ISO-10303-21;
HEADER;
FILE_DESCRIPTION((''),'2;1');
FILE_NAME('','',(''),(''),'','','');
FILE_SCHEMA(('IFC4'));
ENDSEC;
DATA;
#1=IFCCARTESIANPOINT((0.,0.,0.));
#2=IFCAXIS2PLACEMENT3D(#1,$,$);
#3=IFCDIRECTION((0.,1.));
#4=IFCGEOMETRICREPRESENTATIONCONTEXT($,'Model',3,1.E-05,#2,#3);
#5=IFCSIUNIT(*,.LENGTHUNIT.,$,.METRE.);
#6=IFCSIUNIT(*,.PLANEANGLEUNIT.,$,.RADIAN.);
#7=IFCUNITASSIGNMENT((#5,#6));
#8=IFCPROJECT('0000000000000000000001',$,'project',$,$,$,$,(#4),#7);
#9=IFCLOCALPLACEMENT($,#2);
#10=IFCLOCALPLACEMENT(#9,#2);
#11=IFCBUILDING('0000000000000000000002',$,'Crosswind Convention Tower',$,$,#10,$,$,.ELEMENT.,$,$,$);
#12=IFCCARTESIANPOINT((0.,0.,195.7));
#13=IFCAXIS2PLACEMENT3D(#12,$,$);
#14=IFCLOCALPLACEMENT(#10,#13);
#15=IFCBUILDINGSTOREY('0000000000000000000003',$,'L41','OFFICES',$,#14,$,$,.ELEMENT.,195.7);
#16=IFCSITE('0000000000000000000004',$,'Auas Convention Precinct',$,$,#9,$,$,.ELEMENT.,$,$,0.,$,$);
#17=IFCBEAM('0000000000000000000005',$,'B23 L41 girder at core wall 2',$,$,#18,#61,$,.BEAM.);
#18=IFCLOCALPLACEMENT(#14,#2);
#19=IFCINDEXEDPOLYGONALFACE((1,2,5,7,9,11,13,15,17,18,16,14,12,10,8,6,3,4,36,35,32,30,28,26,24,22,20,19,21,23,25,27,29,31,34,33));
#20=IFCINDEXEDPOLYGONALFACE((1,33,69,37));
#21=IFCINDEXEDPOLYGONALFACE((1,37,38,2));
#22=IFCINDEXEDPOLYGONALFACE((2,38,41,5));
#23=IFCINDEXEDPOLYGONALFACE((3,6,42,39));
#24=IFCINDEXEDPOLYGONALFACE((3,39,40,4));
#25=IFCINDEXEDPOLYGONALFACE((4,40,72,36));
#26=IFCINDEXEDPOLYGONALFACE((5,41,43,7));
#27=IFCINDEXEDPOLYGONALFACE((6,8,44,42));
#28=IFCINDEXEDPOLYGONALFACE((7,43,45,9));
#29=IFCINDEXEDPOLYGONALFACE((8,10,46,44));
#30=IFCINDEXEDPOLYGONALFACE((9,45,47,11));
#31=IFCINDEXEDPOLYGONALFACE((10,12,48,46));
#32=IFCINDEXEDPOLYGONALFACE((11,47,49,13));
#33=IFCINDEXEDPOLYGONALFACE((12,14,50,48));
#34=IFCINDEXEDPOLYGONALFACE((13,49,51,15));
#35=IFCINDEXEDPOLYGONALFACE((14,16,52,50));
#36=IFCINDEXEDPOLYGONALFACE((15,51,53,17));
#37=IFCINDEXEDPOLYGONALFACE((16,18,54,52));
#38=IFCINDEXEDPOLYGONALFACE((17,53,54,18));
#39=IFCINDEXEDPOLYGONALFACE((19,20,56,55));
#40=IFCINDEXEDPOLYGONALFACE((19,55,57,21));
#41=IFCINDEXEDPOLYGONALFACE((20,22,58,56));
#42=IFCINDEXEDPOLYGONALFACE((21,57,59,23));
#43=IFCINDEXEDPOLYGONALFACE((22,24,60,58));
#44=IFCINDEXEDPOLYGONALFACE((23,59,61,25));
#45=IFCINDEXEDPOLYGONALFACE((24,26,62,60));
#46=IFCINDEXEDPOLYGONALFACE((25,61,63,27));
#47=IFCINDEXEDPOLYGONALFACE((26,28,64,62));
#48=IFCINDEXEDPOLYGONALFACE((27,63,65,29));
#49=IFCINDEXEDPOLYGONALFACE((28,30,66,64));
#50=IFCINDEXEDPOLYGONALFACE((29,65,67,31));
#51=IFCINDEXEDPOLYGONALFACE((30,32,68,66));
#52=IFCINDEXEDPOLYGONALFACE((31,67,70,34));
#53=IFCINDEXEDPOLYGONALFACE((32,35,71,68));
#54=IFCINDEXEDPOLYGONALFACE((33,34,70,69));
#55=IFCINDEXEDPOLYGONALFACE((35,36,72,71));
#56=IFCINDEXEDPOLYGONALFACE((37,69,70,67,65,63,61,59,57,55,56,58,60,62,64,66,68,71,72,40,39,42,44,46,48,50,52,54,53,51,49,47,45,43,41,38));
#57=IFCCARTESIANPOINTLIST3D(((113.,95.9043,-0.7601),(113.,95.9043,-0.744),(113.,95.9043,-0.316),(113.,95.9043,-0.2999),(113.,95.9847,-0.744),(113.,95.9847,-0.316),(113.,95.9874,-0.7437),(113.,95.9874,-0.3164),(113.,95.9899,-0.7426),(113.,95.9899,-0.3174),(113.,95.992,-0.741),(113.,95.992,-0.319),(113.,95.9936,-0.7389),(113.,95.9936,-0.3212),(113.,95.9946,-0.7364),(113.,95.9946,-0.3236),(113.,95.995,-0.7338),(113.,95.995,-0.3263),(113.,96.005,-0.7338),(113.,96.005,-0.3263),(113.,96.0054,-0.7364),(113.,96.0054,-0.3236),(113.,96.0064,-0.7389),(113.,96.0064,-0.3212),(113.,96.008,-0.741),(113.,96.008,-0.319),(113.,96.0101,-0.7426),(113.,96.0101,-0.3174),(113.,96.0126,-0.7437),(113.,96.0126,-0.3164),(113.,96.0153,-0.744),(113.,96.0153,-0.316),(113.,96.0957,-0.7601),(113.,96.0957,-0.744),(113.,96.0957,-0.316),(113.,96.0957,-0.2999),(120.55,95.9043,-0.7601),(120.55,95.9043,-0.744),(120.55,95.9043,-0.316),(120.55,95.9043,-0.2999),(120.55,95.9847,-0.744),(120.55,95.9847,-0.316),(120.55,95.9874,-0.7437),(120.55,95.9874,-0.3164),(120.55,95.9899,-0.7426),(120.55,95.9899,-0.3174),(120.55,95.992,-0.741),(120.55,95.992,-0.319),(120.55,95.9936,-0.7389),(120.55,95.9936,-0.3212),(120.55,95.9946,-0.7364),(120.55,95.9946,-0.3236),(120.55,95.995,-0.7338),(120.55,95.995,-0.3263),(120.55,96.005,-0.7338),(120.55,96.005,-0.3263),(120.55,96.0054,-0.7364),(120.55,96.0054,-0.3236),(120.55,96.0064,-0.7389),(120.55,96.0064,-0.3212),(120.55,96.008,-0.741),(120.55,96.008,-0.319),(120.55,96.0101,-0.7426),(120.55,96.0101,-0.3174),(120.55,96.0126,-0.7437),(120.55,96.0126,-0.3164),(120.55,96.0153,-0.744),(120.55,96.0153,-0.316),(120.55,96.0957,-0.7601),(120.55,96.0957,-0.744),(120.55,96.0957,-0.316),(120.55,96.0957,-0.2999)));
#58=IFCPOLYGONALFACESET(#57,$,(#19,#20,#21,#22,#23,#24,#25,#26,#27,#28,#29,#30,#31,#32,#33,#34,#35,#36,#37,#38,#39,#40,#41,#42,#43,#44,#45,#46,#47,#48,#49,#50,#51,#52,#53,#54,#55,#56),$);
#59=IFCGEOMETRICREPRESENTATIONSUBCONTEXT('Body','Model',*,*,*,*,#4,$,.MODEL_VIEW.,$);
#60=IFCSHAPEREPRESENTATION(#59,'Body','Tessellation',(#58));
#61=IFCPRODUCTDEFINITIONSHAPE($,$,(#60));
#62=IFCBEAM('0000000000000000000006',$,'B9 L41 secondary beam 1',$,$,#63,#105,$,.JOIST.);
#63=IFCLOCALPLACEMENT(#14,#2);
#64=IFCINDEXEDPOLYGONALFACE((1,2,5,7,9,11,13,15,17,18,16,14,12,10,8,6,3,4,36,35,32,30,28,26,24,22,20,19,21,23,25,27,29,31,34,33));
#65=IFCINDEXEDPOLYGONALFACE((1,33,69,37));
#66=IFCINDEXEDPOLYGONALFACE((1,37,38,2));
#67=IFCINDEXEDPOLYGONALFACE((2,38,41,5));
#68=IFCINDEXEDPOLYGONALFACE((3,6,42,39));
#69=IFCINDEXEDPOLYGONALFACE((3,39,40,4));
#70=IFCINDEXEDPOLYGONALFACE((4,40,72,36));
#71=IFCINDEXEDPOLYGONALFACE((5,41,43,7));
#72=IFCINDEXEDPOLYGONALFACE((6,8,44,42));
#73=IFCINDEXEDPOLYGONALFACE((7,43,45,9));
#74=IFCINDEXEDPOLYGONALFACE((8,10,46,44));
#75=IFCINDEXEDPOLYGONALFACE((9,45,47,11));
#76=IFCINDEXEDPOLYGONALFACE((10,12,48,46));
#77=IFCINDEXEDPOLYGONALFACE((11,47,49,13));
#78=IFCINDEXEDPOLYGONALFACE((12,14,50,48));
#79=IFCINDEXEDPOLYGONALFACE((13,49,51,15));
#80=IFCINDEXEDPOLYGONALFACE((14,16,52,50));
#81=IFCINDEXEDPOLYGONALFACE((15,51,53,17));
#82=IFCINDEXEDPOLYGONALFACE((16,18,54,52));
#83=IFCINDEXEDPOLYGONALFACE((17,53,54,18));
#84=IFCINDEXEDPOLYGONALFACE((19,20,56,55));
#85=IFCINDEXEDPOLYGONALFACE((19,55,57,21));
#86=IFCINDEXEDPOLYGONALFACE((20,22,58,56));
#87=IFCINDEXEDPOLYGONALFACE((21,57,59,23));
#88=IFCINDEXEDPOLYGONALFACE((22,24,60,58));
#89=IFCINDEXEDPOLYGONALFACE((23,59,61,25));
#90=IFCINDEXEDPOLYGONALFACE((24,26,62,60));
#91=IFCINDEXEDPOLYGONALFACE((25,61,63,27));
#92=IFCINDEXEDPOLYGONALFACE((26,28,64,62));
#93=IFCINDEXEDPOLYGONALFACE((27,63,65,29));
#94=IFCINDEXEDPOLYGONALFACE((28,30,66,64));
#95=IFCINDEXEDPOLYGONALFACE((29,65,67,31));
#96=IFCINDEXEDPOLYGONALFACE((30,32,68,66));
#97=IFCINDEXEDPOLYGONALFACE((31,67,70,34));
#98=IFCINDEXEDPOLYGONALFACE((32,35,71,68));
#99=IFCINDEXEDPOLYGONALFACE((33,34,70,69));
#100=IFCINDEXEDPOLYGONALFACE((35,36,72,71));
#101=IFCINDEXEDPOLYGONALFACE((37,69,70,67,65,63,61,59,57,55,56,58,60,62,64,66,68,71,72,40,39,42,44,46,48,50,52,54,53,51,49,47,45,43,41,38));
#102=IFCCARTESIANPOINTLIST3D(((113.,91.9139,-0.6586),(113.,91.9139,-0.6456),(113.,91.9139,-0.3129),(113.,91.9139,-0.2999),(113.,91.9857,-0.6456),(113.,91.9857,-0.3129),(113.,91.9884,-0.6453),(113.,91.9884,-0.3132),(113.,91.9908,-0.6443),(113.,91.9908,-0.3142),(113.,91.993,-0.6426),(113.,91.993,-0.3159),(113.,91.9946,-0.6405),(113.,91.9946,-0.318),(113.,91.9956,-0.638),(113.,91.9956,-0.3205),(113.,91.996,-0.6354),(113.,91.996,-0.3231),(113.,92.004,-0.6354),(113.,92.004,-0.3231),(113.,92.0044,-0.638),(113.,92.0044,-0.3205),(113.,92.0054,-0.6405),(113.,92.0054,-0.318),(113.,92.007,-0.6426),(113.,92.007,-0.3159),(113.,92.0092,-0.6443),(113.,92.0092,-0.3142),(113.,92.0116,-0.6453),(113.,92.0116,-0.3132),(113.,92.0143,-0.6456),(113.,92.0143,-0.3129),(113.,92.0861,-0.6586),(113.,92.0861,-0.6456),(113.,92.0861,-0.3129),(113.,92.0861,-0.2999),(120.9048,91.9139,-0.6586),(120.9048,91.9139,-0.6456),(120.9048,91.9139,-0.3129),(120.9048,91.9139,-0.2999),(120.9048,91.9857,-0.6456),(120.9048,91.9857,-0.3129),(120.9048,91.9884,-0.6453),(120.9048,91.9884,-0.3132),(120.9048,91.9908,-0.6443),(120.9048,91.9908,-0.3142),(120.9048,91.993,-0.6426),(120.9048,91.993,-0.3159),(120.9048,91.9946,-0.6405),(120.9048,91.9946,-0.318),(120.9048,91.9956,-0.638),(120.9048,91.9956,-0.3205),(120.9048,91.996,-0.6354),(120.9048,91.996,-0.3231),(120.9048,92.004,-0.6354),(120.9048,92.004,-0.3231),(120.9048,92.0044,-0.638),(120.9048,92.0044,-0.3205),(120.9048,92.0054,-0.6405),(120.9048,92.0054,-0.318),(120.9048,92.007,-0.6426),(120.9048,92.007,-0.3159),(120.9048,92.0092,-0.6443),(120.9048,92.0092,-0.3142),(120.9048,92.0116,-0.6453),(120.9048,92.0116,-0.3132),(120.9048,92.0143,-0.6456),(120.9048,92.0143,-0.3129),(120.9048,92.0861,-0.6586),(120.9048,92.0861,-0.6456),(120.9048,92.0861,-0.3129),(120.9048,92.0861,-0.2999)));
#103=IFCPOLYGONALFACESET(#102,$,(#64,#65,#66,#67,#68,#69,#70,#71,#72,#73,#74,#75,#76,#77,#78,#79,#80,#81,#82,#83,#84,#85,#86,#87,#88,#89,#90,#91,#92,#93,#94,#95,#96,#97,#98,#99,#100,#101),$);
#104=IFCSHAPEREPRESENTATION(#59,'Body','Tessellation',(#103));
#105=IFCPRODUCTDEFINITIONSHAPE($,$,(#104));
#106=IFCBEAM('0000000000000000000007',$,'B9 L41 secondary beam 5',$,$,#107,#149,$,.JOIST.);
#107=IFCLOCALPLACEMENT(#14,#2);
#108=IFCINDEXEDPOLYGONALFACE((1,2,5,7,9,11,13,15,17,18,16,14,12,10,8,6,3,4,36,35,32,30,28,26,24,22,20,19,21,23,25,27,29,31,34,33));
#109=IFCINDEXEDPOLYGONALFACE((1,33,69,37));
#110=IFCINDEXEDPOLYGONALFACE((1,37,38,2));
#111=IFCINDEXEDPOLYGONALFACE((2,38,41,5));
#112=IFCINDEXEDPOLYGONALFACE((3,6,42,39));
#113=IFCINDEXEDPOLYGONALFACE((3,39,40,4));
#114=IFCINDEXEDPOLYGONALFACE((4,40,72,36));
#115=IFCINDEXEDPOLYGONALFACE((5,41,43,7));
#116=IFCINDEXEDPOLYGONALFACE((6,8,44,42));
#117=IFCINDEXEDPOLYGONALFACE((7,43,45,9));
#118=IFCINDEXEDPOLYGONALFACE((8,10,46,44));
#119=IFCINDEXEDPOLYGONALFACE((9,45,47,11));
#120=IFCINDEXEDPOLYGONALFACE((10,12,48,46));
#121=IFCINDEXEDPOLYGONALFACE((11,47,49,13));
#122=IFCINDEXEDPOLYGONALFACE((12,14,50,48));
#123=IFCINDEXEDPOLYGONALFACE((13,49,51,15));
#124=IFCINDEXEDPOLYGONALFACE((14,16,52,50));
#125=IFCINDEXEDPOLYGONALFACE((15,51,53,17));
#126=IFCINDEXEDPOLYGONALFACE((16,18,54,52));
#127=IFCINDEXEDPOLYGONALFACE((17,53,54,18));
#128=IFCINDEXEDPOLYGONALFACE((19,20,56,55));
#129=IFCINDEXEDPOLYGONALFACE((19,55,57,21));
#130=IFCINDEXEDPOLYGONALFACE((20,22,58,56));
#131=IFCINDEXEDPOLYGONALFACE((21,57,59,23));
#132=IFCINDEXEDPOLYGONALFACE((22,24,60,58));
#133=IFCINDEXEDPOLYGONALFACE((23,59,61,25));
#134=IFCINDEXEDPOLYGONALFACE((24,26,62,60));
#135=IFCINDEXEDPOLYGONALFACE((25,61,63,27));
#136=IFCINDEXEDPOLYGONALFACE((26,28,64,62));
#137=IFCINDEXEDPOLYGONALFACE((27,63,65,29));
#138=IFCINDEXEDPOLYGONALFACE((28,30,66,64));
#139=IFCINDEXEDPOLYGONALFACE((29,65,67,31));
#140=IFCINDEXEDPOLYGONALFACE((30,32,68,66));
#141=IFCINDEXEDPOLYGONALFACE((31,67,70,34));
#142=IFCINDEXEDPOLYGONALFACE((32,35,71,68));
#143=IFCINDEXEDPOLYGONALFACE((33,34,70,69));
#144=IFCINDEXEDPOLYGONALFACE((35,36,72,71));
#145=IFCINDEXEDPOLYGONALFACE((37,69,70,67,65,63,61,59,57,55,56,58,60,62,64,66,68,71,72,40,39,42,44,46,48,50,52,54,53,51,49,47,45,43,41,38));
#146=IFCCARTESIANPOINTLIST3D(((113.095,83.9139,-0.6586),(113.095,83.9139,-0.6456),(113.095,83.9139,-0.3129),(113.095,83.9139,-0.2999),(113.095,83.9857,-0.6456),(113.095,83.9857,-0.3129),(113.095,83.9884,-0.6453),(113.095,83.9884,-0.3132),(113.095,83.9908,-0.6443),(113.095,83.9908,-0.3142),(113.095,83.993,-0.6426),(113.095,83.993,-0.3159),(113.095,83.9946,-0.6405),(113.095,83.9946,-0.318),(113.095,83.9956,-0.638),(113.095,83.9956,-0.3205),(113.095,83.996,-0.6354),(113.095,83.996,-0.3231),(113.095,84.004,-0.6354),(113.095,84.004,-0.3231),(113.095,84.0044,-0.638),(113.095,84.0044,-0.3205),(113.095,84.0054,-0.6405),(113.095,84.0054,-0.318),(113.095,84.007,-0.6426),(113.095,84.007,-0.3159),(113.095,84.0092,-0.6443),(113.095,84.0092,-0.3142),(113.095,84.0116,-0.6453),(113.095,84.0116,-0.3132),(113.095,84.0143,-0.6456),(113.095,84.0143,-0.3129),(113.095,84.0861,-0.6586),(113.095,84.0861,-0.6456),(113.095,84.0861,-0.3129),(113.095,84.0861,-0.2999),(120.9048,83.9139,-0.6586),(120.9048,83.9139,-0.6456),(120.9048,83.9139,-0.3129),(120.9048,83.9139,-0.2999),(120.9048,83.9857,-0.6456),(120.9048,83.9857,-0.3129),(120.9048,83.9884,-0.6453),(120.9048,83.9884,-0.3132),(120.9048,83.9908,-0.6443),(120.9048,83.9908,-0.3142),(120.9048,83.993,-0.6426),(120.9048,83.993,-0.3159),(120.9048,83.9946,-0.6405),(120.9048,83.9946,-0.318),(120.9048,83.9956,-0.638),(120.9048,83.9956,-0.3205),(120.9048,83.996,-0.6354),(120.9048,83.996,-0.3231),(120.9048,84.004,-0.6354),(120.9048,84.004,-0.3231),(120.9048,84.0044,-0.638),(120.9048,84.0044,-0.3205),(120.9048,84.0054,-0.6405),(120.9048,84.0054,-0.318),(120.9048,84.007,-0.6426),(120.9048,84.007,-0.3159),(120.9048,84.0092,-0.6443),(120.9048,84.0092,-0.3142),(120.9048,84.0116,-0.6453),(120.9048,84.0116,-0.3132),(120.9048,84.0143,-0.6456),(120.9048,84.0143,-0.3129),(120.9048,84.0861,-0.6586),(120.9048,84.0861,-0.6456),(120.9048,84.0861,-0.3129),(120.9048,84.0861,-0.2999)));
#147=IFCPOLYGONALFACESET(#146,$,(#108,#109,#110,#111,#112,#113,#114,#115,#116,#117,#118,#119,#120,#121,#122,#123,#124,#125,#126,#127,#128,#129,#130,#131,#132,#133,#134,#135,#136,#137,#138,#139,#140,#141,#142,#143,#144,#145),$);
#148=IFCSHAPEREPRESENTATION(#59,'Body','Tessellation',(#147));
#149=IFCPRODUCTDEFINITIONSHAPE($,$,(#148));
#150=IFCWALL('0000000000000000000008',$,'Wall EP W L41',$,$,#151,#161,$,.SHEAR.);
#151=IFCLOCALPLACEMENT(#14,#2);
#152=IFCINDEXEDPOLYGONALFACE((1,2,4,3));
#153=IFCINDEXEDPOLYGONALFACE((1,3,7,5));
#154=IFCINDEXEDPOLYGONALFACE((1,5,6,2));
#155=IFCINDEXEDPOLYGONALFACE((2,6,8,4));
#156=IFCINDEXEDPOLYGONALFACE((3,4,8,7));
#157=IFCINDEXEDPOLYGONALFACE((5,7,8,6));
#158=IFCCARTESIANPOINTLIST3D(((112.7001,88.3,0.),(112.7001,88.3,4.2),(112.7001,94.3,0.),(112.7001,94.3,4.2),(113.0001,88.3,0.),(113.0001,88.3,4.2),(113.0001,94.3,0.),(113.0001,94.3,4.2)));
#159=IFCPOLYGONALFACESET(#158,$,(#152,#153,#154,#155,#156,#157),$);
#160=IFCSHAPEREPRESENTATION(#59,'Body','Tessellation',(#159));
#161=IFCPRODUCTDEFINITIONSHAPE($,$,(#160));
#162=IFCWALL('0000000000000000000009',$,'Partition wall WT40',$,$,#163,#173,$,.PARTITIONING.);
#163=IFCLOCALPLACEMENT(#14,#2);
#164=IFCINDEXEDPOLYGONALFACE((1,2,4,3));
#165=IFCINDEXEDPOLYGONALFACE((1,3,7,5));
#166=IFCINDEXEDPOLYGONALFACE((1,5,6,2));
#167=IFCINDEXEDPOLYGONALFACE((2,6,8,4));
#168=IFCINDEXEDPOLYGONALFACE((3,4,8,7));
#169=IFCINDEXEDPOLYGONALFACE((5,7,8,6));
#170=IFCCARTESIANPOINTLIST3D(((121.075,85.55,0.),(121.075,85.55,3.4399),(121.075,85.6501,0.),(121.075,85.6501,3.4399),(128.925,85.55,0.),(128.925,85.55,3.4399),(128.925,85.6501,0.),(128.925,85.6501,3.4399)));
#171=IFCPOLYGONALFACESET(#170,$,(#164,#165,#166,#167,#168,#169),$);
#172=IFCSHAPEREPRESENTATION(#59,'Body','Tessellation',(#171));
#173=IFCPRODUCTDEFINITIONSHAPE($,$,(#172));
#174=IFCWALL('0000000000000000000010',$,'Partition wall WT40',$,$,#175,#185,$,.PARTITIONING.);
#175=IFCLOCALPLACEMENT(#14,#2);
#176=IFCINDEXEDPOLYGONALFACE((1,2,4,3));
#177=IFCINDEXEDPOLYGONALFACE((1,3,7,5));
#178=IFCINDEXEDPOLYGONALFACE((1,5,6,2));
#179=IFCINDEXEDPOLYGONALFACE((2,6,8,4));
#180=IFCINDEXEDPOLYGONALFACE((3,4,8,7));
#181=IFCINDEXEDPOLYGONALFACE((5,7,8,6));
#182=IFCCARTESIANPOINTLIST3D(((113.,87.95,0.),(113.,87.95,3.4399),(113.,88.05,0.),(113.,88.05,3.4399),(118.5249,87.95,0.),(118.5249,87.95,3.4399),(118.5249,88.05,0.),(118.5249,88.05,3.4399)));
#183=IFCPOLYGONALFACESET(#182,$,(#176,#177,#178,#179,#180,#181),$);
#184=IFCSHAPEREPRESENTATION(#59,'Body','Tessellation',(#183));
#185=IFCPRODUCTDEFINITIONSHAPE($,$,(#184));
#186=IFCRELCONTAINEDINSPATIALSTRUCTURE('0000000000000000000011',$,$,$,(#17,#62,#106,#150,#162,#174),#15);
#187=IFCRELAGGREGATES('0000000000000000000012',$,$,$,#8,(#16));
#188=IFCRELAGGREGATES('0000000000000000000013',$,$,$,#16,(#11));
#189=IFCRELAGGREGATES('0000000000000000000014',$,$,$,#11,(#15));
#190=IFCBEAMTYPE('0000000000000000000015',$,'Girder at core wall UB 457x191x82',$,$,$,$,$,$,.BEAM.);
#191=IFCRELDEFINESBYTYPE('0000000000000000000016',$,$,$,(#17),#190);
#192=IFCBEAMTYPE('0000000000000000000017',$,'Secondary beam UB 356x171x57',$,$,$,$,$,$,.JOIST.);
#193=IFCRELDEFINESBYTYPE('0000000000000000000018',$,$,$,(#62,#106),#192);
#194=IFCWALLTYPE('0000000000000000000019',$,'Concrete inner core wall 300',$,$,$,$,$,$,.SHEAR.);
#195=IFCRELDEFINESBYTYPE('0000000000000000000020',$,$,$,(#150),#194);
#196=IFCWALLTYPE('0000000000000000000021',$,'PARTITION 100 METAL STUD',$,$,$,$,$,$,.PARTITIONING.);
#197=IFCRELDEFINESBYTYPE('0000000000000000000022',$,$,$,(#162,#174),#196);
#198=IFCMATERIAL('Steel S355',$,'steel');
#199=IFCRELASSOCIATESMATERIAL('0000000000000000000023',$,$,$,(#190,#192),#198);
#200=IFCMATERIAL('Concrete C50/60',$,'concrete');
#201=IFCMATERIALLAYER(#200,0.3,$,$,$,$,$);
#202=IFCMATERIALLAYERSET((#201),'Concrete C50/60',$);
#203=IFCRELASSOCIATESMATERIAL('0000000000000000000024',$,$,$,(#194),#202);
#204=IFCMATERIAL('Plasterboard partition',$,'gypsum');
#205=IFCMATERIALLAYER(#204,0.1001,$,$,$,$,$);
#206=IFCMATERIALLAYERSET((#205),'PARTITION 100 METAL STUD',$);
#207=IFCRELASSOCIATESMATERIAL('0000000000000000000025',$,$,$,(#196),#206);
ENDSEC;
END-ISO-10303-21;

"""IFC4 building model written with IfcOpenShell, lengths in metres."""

from ifc_helpers import new_model, si_unit, direction, frame, frame_2d, origin, origin_2d, place, context, subcontext, project, spatial, rectangle, i_section, extrude, material, layer, layer_set, material_profile, profile_set, type_object, element, save


model = new_model("IFC4")

# Units and contexts
model_context = context("Model", 3, precision=1e-05, world=origin(), true_north=direction((0.0, 1.0)))
body_context = subcontext(model_context, "Body", "Model", "MODEL_VIEW")
ifc_project = project(units=[si_unit("LENGTHUNIT", "METRE"), si_unit("PLANEANGLEUNIT", "RADIAN")], contexts=[model_context])

# Site, building, storey
site_placement = place(None, origin())
site = spatial("IfcSite", under=ifc_project, at=site_placement, Name="Auas Convention Precinct", CompositionType="ELEMENT", RefElevation=0.0)
building_placement = place(site_placement, origin())
building = spatial("IfcBuilding", under=site, at=building_placement, Name="Crosswind Convention Tower", CompositionType="ELEMENT")
storey_placement = place(building_placement, frame((0.0, 0.0, 195.7)))
storey = spatial("IfcBuildingStorey", under=building, at=storey_placement, Name="L41", Description="OFFICES", CompositionType="ELEMENT", Elevation=195.7)

# Beams
ifc_material_1 = material(Name="Steel S355", Category="steel")
ifc_material_profile_1 = material_profile(ifc_material_1, i_section(OverallWidth=0.1914, OverallDepth=0.4602, WebThickness=0.01, FlangeThickness=0.0161, FilletRadius=0.0103, at=origin_2d()), Name="UB 457x191x82")
ifc_profile_set_1 = profile_set([ifc_material_profile_1], Name="Steel S355")
beam_type_1 = type_object("IfcBeamType", Name="Girder at core wall UB 457x191x82", PredefinedType="BEAM", material=ifc_profile_set_1)
for number, where, z_axis, x_axis, name in (
    (1, (113.0, 96.0, -0.53), (1.0, 0.0, 0.0), (0.0, 1.0, 0.0), "B23 L41 girder at core wall 2"),
):
    element("IfcBeam", number, at=place(storey_placement, frame(where, z_axis=z_axis, x_axis=x_axis)), inside=storey, type_object=beam_type_1, Name=name, PredefinedType="BEAM", context=body_context, shape_type="SweptSolid", body=[
        extrude(i_section(OverallWidth=0.1914, OverallDepth=0.4602, WebThickness=0.01, FlangeThickness=0.0161, FilletRadius=0.0103, at=origin_2d()), origin(), (0.0, 0.0, 1.0), 7.55),
    ])
ifc_material_profile_2 = material_profile(ifc_material_1, i_section(OverallWidth=0.1721, OverallDepth=0.3586, WebThickness=0.0081, FlangeThickness=0.0129, FilletRadius=0.0103, at=origin_2d()), Name="UB 356x171x57")
ifc_profile_set_2 = profile_set([ifc_material_profile_2], Name="Steel S355")
beam_type_2 = type_object("IfcBeamType", Name="Secondary beam UB 356x171x57", PredefinedType="JOIST", material=ifc_profile_set_2)
beam_1_placement = place(storey_placement, frame((113.0, 92.0, -0.4792), z_axis=(1.0, 0.0, 0.0), x_axis=(0.0, 1.0, 0.0)))
element("IfcBeam", 2, at=beam_1_placement, inside=storey, type_object=beam_type_2, Name="B9 L41 secondary beam 1", PredefinedType="JOIST", context=body_context, shape_type="SweptSolid", body=[
    extrude(i_section(OverallWidth=0.1721, OverallDepth=0.3586, WebThickness=0.0081, FlangeThickness=0.0129, FilletRadius=0.0103, at=origin_2d()), origin(), (0.0, 0.0, 1.0), 7.9048),
])
beam_2_placement = place(storey_placement, frame((113.095, 84.0, -0.4792), z_axis=(1.0, 0.0, 0.0), x_axis=(0.0, 1.0, 0.0)))
element("IfcBeam", 3, at=beam_2_placement, inside=storey, type_object=beam_type_2, Name="B9 L41 secondary beam 5", PredefinedType="JOIST", context=body_context, shape_type="SweptSolid", body=[
    extrude(i_section(OverallWidth=0.1721, OverallDepth=0.3586, WebThickness=0.0081, FlangeThickness=0.0129, FilletRadius=0.0103, at=origin_2d()), origin(), (0.0, 0.0, 1.0), 7.8098),
])

# Walls
ifc_material_2 = material(Name="Concrete C50/60", Category="concrete")
ifc_layer_1 = layer(ifc_material_2, 0.3)
ifc_layer_set_1 = layer_set([ifc_layer_1], Name="Concrete C50/60")
wall_type_1 = type_object("IfcWallType", Name="Concrete inner core wall 300", PredefinedType="SHEAR", material=ifc_layer_set_1)
wall_1_placement = place(storey_placement, frame((112.8501, 94.3, 0.0), z_axis=(0.0, 0.0, 1.0), x_axis=(0.0, -1.0, 0.0)))
element("IfcWall", 4, at=wall_1_placement, inside=storey, type_object=wall_type_1, Name="Wall EP W L41", PredefinedType="SHEAR", context=body_context, shape_type="SweptSolid", body=[
    extrude(rectangle(XDim=6.0, YDim=0.3, at=frame_2d((3.0, 0.0))), origin(), (0.0, 0.0, 1.0), 4.2),
])
ifc_material_3 = material(Name="Plasterboard partition", Category="gypsum")
ifc_layer_2 = layer(ifc_material_3, 0.1001)
ifc_layer_set_2 = layer_set([ifc_layer_2], Name="PARTITION 100 METAL STUD")
wall_type_2 = type_object("IfcWallType", Name="PARTITION 100 METAL STUD", PredefinedType="PARTITIONING", material=ifc_layer_set_2)
wall_2_placement = place(storey_placement, frame((121.075, 85.6001, 0.0), z_axis=(0.0, 0.0, 1.0), x_axis=(1.0, 0.0, 0.0)))
element("IfcWall", 5, at=wall_2_placement, inside=storey, type_object=wall_type_2, Name="Partition wall WT40", PredefinedType="PARTITIONING", context=body_context, shape_type="SweptSolid", body=[
    extrude(rectangle(XDim=7.8501, YDim=0.1001, at=frame_2d((3.925, 0.0))), origin(), (0.0, 0.0, 1.0), 3.4399),
])
wall_3_placement = place(storey_placement, frame((113.0, 88.0, 0.0), z_axis=(0.0, 0.0, 1.0), x_axis=(1.0, 0.0, 0.0)))
element("IfcWall", 6, at=wall_3_placement, inside=storey, type_object=wall_type_2, Name="Partition wall WT40", PredefinedType="PARTITIONING", context=body_context, shape_type="SweptSolid", body=[
    extrude(rectangle(XDim=5.5249, YDim=0.1001, at=frame_2d((2.7625, 0.0))), origin(), (0.0, 0.0, 1.0), 3.4399),
])

save(model, "model.ifc")
